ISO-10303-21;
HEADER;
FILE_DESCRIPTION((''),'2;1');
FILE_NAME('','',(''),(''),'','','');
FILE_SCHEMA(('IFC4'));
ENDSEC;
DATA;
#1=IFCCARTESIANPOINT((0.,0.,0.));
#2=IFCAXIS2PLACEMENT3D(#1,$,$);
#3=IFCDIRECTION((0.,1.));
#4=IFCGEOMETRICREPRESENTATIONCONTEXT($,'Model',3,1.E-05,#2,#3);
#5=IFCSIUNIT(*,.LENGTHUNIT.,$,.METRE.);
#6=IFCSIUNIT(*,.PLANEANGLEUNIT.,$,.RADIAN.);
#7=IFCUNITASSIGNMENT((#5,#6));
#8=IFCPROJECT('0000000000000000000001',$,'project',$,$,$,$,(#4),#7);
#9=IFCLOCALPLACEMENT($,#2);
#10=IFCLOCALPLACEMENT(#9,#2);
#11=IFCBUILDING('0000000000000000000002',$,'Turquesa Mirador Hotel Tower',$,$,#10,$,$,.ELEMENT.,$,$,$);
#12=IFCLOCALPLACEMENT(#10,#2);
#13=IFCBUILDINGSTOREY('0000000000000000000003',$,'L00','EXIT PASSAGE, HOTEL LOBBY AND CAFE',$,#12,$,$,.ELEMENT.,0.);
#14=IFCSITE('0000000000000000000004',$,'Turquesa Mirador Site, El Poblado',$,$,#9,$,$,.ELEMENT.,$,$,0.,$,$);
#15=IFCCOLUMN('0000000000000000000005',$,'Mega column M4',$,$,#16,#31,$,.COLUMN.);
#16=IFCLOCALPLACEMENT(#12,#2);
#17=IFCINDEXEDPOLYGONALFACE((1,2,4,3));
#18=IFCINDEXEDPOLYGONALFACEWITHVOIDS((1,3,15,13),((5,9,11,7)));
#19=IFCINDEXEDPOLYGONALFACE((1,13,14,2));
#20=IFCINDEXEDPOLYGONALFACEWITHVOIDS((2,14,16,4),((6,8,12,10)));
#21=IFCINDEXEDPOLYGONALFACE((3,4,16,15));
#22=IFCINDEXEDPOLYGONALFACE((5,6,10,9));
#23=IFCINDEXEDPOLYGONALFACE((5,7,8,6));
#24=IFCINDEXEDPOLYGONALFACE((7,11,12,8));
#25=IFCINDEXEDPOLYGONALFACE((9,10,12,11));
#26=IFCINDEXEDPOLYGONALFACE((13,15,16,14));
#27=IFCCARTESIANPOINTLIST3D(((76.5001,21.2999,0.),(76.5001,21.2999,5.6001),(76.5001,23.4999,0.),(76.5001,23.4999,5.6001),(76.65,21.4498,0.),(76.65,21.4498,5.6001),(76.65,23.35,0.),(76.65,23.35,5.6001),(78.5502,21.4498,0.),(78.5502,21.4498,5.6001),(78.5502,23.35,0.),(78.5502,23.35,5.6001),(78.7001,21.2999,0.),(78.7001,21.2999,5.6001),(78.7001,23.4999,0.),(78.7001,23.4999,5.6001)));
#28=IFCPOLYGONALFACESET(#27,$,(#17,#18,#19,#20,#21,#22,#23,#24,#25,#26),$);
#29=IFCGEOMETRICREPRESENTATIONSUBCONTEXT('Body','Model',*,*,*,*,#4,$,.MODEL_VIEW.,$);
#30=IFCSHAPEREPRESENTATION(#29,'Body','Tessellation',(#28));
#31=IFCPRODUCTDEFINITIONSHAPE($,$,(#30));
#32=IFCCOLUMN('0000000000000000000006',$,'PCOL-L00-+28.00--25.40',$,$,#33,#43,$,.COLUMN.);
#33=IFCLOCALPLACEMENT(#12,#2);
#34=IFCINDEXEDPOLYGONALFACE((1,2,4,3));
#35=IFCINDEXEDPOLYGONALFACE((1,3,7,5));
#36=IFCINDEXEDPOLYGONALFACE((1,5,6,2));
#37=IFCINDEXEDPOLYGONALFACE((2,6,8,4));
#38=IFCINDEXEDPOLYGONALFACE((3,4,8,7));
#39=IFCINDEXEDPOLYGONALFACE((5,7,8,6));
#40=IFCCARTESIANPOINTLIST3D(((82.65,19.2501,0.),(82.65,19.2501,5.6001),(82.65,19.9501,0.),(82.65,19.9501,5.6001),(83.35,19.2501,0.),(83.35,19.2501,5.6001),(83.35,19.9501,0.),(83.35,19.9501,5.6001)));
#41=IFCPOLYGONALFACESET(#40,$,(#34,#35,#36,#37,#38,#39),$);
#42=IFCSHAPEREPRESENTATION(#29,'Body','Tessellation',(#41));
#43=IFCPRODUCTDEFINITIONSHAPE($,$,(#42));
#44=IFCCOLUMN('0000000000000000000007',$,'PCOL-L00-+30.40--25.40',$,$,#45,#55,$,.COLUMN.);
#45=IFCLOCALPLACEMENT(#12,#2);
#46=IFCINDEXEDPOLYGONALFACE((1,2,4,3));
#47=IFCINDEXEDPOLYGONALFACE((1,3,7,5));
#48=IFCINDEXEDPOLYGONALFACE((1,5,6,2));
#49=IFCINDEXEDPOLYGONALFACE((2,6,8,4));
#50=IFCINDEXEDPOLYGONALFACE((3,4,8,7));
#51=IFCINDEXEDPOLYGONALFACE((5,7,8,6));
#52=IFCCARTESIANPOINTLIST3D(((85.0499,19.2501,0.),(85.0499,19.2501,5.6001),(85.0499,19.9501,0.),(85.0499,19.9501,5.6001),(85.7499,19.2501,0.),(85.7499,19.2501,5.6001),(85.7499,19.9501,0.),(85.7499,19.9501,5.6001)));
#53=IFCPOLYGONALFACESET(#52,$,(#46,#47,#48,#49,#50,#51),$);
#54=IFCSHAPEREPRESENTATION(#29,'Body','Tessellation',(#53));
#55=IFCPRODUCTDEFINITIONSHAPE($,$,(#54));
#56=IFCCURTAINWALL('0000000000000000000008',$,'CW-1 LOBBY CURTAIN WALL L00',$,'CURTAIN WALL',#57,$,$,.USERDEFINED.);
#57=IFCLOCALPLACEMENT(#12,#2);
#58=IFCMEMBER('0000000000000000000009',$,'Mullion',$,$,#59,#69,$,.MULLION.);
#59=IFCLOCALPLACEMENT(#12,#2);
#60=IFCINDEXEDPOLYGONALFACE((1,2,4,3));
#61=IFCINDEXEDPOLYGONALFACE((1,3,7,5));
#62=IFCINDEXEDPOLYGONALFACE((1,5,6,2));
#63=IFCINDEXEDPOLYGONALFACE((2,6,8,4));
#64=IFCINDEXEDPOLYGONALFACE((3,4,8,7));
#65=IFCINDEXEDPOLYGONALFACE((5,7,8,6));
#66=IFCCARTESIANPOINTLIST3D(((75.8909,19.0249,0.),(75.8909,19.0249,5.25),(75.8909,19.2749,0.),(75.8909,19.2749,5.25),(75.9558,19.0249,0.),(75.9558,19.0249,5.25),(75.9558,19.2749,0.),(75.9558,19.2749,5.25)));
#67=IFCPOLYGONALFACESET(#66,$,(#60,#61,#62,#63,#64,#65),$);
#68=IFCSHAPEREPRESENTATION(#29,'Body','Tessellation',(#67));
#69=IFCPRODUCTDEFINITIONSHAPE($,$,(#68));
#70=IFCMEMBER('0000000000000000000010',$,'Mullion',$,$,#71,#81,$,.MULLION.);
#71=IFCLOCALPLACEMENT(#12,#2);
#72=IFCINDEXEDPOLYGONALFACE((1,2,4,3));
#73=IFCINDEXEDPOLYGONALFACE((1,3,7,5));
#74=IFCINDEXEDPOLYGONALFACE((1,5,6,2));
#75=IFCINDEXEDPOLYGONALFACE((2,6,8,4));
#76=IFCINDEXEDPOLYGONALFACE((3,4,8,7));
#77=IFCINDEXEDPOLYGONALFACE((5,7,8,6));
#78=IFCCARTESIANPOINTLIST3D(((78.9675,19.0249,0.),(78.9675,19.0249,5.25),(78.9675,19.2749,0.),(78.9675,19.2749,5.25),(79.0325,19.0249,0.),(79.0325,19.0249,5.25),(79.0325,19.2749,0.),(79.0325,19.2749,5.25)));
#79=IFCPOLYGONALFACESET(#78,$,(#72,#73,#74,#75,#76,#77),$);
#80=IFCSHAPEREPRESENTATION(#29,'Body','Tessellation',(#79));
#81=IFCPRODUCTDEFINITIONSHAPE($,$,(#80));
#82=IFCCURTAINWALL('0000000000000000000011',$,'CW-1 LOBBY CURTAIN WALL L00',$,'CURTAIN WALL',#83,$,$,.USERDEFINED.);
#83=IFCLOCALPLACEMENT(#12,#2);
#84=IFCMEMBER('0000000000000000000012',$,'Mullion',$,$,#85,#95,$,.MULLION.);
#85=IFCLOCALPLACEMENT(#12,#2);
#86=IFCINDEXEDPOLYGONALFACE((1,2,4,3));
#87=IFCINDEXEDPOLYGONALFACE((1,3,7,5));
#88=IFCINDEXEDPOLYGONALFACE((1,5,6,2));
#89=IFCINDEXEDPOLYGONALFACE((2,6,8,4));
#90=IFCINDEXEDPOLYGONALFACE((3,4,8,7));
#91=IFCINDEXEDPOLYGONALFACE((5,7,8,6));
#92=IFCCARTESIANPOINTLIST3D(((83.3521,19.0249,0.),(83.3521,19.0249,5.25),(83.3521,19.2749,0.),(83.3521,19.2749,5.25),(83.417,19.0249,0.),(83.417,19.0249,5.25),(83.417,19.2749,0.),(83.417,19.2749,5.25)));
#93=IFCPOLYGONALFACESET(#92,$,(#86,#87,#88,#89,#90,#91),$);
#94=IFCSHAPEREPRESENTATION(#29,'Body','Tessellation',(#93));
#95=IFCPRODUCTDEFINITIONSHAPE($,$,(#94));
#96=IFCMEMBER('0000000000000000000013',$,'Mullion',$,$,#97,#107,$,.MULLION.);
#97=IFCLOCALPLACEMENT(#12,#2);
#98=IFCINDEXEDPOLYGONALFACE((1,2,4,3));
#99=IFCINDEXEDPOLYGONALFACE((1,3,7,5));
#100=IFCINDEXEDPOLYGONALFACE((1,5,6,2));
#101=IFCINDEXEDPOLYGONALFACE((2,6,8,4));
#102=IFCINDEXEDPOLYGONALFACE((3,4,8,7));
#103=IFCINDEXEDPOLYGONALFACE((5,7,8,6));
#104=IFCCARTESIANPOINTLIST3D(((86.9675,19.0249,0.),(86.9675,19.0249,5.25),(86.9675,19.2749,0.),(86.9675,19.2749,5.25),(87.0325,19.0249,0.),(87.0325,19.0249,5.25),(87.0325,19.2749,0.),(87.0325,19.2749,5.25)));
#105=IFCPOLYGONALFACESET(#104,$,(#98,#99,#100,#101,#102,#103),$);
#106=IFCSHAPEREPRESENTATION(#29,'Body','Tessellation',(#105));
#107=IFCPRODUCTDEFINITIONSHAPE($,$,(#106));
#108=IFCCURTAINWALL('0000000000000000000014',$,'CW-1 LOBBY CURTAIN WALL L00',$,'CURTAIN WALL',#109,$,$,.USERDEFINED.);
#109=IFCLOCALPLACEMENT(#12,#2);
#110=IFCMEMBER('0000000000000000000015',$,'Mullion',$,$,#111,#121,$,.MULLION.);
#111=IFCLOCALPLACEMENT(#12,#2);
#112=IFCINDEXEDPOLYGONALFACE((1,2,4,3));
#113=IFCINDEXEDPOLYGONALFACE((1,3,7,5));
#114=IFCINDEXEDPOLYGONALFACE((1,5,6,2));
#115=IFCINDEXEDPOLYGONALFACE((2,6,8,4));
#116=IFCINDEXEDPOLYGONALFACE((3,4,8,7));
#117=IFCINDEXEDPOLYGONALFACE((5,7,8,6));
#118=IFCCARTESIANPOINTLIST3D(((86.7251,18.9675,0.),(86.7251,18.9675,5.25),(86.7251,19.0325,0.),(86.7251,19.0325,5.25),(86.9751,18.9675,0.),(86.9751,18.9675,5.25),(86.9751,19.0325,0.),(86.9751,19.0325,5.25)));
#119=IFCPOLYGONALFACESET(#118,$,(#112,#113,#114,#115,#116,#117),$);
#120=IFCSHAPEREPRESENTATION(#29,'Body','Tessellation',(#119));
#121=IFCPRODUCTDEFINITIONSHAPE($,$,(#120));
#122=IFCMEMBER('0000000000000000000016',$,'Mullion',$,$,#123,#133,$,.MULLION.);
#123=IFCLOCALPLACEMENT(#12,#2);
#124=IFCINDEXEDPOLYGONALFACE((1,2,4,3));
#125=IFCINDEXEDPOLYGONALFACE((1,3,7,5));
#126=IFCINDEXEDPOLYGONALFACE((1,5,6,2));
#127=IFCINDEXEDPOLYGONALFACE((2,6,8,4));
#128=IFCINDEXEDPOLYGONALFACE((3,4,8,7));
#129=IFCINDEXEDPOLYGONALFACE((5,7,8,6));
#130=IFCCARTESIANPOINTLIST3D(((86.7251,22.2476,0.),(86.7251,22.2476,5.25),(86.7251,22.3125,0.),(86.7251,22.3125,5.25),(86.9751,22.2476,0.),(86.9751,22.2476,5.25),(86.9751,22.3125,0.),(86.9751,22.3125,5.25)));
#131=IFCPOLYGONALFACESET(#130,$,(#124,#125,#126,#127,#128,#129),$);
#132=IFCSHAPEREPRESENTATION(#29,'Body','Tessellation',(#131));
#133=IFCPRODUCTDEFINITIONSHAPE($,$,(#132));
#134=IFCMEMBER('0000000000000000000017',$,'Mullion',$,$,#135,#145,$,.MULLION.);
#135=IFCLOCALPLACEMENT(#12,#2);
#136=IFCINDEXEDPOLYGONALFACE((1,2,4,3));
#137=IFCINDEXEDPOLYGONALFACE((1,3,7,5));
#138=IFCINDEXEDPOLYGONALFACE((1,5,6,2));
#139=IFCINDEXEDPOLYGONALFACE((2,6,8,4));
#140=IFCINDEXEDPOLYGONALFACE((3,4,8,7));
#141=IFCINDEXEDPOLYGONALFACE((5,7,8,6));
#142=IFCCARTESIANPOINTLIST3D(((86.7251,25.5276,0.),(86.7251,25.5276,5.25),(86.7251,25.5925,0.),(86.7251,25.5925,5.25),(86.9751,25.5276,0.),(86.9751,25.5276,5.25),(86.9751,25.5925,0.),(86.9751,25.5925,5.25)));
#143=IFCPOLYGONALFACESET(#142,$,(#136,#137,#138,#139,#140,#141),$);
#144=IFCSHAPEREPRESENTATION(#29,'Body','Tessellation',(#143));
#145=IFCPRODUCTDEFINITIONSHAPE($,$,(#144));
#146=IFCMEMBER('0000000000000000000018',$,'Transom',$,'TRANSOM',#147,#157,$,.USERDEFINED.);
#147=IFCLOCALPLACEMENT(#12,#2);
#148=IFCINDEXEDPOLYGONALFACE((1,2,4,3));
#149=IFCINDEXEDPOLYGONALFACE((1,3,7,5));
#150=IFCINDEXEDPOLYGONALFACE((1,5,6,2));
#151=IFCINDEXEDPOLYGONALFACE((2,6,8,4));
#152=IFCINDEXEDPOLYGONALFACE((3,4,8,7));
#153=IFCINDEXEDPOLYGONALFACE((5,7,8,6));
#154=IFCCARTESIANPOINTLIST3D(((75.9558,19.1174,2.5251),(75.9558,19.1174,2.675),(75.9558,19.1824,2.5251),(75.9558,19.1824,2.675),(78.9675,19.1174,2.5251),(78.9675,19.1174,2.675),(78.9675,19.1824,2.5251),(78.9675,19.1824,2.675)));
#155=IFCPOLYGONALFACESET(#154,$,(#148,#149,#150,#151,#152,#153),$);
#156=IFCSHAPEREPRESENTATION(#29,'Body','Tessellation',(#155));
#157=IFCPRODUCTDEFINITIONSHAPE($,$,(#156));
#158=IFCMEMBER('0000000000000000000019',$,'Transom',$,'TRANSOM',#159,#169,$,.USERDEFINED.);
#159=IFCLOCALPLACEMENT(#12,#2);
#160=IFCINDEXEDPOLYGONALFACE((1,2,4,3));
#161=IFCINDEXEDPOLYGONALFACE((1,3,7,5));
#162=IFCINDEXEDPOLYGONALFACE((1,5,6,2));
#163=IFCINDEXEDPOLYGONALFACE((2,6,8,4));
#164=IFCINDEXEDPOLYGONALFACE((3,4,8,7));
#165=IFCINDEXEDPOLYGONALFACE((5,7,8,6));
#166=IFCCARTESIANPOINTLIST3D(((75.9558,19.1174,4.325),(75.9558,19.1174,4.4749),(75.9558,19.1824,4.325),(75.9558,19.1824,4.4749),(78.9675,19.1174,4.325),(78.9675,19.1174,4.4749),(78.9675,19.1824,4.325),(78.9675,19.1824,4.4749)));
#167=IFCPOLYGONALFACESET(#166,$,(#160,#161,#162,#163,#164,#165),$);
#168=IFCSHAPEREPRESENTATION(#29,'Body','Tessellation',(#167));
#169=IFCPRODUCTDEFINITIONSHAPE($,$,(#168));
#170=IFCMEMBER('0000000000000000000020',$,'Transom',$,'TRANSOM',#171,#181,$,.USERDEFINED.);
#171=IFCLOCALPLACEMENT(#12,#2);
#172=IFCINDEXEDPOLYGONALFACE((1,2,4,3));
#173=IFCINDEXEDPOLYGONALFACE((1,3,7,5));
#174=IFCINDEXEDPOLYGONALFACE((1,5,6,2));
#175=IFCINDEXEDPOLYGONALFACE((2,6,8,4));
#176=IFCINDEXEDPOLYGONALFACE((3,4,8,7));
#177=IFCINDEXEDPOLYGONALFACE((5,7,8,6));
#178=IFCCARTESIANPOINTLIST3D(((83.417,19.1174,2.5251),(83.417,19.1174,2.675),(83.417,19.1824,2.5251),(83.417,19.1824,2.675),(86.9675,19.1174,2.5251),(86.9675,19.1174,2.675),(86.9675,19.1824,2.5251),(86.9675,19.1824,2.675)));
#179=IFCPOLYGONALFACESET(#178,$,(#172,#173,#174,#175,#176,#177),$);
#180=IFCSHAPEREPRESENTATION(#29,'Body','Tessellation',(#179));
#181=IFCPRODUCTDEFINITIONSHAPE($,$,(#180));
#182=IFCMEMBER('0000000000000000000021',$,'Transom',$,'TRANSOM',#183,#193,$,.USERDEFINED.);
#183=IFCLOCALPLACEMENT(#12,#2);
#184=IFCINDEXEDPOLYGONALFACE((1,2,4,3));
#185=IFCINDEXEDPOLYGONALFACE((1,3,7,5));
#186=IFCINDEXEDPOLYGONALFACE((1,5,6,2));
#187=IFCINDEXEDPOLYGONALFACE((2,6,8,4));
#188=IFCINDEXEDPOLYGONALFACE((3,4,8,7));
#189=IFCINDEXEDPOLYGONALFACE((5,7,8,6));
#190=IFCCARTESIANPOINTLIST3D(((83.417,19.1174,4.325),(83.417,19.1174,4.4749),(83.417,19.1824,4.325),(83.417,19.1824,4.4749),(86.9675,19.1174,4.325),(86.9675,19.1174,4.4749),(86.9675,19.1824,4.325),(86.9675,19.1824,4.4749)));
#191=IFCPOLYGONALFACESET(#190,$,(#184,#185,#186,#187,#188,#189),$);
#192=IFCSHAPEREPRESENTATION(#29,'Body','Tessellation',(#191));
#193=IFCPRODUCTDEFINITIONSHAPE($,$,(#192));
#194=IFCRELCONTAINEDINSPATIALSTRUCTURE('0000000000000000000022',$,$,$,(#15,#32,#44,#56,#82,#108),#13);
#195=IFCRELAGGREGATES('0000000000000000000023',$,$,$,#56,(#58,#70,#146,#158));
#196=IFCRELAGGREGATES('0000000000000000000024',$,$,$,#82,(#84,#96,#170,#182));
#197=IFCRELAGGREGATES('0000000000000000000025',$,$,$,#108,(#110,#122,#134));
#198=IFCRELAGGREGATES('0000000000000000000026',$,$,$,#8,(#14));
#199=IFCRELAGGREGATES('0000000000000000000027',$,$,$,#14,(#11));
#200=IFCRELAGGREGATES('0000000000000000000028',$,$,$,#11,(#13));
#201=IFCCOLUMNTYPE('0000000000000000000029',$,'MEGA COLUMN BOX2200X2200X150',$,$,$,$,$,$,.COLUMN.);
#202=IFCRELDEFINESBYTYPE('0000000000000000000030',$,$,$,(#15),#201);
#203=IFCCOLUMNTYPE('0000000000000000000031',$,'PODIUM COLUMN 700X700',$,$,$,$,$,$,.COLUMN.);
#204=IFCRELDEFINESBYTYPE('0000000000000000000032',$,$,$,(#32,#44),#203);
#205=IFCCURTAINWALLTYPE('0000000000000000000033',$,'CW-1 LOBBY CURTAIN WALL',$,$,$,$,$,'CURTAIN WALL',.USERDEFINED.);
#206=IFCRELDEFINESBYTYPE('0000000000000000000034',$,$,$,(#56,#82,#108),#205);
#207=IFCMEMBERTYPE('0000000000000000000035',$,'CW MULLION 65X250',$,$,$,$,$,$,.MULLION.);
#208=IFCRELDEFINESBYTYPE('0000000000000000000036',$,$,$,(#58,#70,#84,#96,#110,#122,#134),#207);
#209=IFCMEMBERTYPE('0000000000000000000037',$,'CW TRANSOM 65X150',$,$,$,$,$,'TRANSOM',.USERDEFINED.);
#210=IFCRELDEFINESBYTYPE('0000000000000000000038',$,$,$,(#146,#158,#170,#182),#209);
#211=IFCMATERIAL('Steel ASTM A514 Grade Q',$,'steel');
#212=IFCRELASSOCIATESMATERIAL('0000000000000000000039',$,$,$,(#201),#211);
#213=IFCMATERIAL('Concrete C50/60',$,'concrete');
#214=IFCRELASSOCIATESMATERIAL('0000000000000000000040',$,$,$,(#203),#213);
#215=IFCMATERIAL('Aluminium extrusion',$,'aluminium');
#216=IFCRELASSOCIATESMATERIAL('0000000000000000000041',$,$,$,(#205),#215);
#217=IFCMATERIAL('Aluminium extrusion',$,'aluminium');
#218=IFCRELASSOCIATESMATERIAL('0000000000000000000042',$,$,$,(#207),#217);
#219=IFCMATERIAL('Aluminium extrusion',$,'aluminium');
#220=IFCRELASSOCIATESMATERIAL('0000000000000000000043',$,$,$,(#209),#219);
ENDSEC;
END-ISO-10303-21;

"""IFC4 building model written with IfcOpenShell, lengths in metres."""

from ifc_helpers import new_model, si_unit, direction, frame, origin, origin_2d, place, context, subcontext, project, spatial, rectangle, hollow_rectangle, extrude, material, material_profile, profile_set, type_object, element, aggregate, save


model = new_model("IFC4")

# Units and contexts
model_context = context("Model", 3, precision=1e-05, world=origin(), true_north=direction((0.0, 1.0)))
body_context = subcontext(model_context, "Body", "Model", "MODEL_VIEW")
ifc_project = project(units=[si_unit("LENGTHUNIT", "METRE"), si_unit("PLANEANGLEUNIT", "RADIAN")], contexts=[model_context])

# Site, building, storey
site_placement = place(None, origin())
site = spatial("IfcSite", under=ifc_project, at=site_placement, Name="Turquesa Mirador Site, El Poblado", CompositionType="ELEMENT", RefElevation=0.0)
building_placement = place(site_placement, origin())
building = spatial("IfcBuilding", under=site, at=building_placement, Name="Turquesa Mirador Hotel Tower", CompositionType="ELEMENT")
storey_placement = place(building_placement, origin())
storey = spatial("IfcBuildingStorey", under=building, at=storey_placement, Name="L00", Description="EXIT PASSAGE, HOTEL LOBBY AND CAFE", CompositionType="ELEMENT", Elevation=0.0)

# Columns
ifc_material_1 = material(Name="Steel ASTM A514 Grade Q", Category="steel")
ifc_material_profile_1 = material_profile(ifc_material_1, hollow_rectangle(XDim=2.2, YDim=2.2, WallThickness=0.1499, at=origin_2d()), Name="BOX2200X2200X150")
ifc_profile_set_1 = profile_set([ifc_material_profile_1], Name="Steel ASTM A514 Grade Q")
column_type_1 = type_object("IfcColumnType", Name="MEGA COLUMN BOX2200X2200X150", PredefinedType="COLUMN", material=ifc_profile_set_1)
column_placement = place(storey_placement, frame((77.6001, 22.3999, 0.0), z_axis=(0.0, 0.0, 1.0), x_axis=(1.0, 0.0, 0.0)))
element("IfcColumn", 1, at=column_placement, inside=storey, type_object=column_type_1, Name="Mega column M4", PredefinedType="COLUMN", context=body_context, shape_type="SweptSolid", body=[
    extrude(hollow_rectangle(XDim=2.2, YDim=2.2, WallThickness=0.1499, at=origin_2d()), origin(), (0.0, 0.0, 1.0), 5.6001),
])
ifc_material_2 = material(Name="Concrete C50/60", Category="concrete")
ifc_material_profile_2 = material_profile(ifc_material_2, rectangle(XDim=0.7, YDim=0.7, at=origin_2d()), Name="RC 700X700")
ifc_profile_set_2 = profile_set([ifc_material_profile_2], Name="Concrete C50/60")
column_type_2 = type_object("IfcColumnType", Name="PODIUM COLUMN 700X700", PredefinedType="COLUMN", material=ifc_profile_set_2)
for number, where, z_axis, x_axis, name in (
    (2, (83.0, 19.6001, 0.0), (0.0, 0.0, 1.0), (1.0, 0.0, 0.0), "PCOL-L00-+28.00--25.40"),
    (3, (85.3999, 19.6001, 0.0), (0.0, 0.0, 1.0), (1.0, 0.0, 0.0), "PCOL-L00-+30.40--25.40"),
):
    element("IfcColumn", number, at=place(storey_placement, frame(where, z_axis=z_axis, x_axis=x_axis)), inside=storey, type_object=column_type_2, Name=name, PredefinedType="COLUMN", context=body_context, shape_type="SweptSolid", body=[
        extrude(rectangle(XDim=0.7, YDim=0.7, at=origin_2d()), origin(), (0.0, 0.0, 1.0), 5.6001),
    ])

# Curtain walls, members
ifc_material_3 = material(Name="Aluminium extrusion", Category="aluminium")
curtain_wall_type = type_object("IfcCurtainWallType", Name="CW-1 LOBBY CURTAIN WALL", ElementType="CURTAIN WALL", PredefinedType="USERDEFINED", material=ifc_material_3)
curtain_wall_1_placement = place(storey_placement, origin())
curtain_wall_1 = element("IfcCurtainWall", 4, at=curtain_wall_1_placement, inside=storey, type_object=curtain_wall_type, Name="CW-1 LOBBY CURTAIN WALL L00", ObjectType="CURTAIN WALL", PredefinedType="USERDEFINED")
ifc_material_4 = material(Name="Aluminium extrusion", Category="aluminium")
ifc_material_profile_3 = material_profile(ifc_material_4, rectangle(XDim=0.0649, YDim=0.25, at=origin_2d()), Name="MULLION 65X250")
ifc_profile_set_3 = profile_set([ifc_material_profile_3], Name="Aluminium extrusion")
member_type_1 = type_object("IfcMemberType", Name="CW MULLION 65X250", PredefinedType="MULLION", material=ifc_profile_set_3)
member_1_placement = place(storey_placement, frame((75.9233, 19.1499, 0.0), z_axis=(0.0, 0.0, 1.0), x_axis=(1.0, 0.0, 0.0)))
member_1 = element("IfcMember", 5, at=member_1_placement, type_object=member_type_1, Name="Mullion", PredefinedType="MULLION", context=body_context, shape_type="SweptSolid", body=[
    extrude(rectangle(XDim=0.0649, YDim=0.25, at=origin_2d()), origin(), (0.0, 0.0, 1.0), 5.25),
])
member_2_placement = place(storey_placement, frame((79.0, 19.1499, 0.0), z_axis=(0.0, 0.0, 1.0), x_axis=(1.0, 0.0, 0.0)))
member_2 = element("IfcMember", 6, at=member_2_placement, type_object=member_type_1, Name="Mullion", PredefinedType="MULLION", context=body_context, shape_type="SweptSolid", body=[
    extrude(rectangle(XDim=0.0649, YDim=0.25, at=origin_2d()), origin(), (0.0, 0.0, 1.0), 5.25),
])
curtain_wall_2_placement = place(storey_placement, origin())
curtain_wall_2 = element("IfcCurtainWall", 7, at=curtain_wall_2_placement, inside=storey, type_object=curtain_wall_type, Name="CW-1 LOBBY CURTAIN WALL L00", ObjectType="CURTAIN WALL", PredefinedType="USERDEFINED")
member_3_placement = place(storey_placement, frame((83.3845, 19.1499, 0.0), z_axis=(0.0, 0.0, 1.0), x_axis=(1.0, 0.0, 0.0)))
member_3 = element("IfcMember", 8, at=member_3_placement, type_object=member_type_1, Name="Mullion", PredefinedType="MULLION", context=body_context, shape_type="SweptSolid", body=[
    extrude(rectangle(XDim=0.0649, YDim=0.25, at=origin_2d()), origin(), (0.0, 0.0, 1.0), 5.25),
])
member_4_placement = place(storey_placement, frame((87.0, 19.1499, 0.0), z_axis=(0.0, 0.0, 1.0), x_axis=(1.0, 0.0, 0.0)))
member_4 = element("IfcMember", 9, at=member_4_placement, type_object=member_type_1, Name="Mullion", PredefinedType="MULLION", context=body_context, shape_type="SweptSolid", body=[
    extrude(rectangle(XDim=0.0649, YDim=0.25, at=origin_2d()), origin(), (0.0, 0.0, 1.0), 5.25),
])
curtain_wall_3_placement = place(storey_placement, origin())
curtain_wall_3 = element("IfcCurtainWall", 10, at=curtain_wall_3_placement, inside=storey, type_object=curtain_wall_type, Name="CW-1 LOBBY CURTAIN WALL L00", ObjectType="CURTAIN WALL", PredefinedType="USERDEFINED")
member_5_placement = place(storey_placement, frame((86.8501, 19.0, 0.0), z_axis=(0.0, 0.0, 1.0), x_axis=(0.0, 1.0, 0.0)))
member_5 = element("IfcMember", 11, at=member_5_placement, type_object=member_type_1, Name="Mullion", PredefinedType="MULLION", context=body_context, shape_type="SweptSolid", body=[
    extrude(rectangle(XDim=0.0649, YDim=0.25, at=origin_2d()), origin(), (0.0, 0.0, 1.0), 5.25),
])
member_6_placement = place(storey_placement, frame((86.8501, 22.28, 0.0), z_axis=(0.0, 0.0, 1.0), x_axis=(0.0, 1.0, 0.0)))
member_6 = element("IfcMember", 12, at=member_6_placement, type_object=member_type_1, Name="Mullion", PredefinedType="MULLION", context=body_context, shape_type="SweptSolid", body=[
    extrude(rectangle(XDim=0.0649, YDim=0.25, at=origin_2d()), origin(), (0.0, 0.0, 1.0), 5.25),
])
member_7_placement = place(storey_placement, frame((86.8501, 25.5601, 0.0), z_axis=(0.0, 0.0, 1.0), x_axis=(0.0, 1.0, 0.0)))
member_7 = element("IfcMember", 13, at=member_7_placement, type_object=member_type_1, Name="Mullion", PredefinedType="MULLION", context=body_context, shape_type="SweptSolid", body=[
    extrude(rectangle(XDim=0.0649, YDim=0.25, at=origin_2d()), origin(), (0.0, 0.0, 1.0), 5.25),
])

# Members
ifc_material_5 = material(Name="Aluminium extrusion", Category="aluminium")
ifc_material_profile_4 = material_profile(ifc_material_5, rectangle(XDim=0.0649, YDim=0.1499, at=origin_2d()), Name="TRANSOM 65X150")
ifc_profile_set_4 = profile_set([ifc_material_profile_4], Name="Aluminium extrusion")
member_type_2 = type_object("IfcMemberType", Name="CW TRANSOM 65X150", ElementType="TRANSOM", PredefinedType="USERDEFINED", material=ifc_profile_set_4)
member_8_placement = place(storey_placement, frame((75.9558, 19.1499, 2.6001), z_axis=(1.0, 0.0, 0.0), x_axis=(0.0, 1.0, 0.0)))
member_8 = element("IfcMember", 14, at=member_8_placement, type_object=member_type_2, Name="Transom", ObjectType="TRANSOM", PredefinedType="USERDEFINED", context=body_context, shape_type="SweptSolid", body=[
    extrude(rectangle(XDim=0.0649, YDim=0.1499, at=origin_2d()), origin(), (0.0, 0.0, 1.0), 3.0117),
])
member_9_placement = place(storey_placement, frame((75.9558, 19.1499, 4.3999), z_axis=(1.0, 0.0, 0.0), x_axis=(0.0, 1.0, 0.0)))
member_9 = element("IfcMember", 15, at=member_9_placement, type_object=member_type_2, Name="Transom", ObjectType="TRANSOM", PredefinedType="USERDEFINED", context=body_context, shape_type="SweptSolid", body=[
    extrude(rectangle(XDim=0.0649, YDim=0.1499, at=origin_2d()), origin(), (0.0, 0.0, 1.0), 3.0117),
])
member_10_placement = place(storey_placement, frame((83.417, 19.1499, 2.6001), z_axis=(1.0, 0.0, 0.0), x_axis=(0.0, 1.0, 0.0)))
member_10 = element("IfcMember", 16, at=member_10_placement, type_object=member_type_2, Name="Transom", ObjectType="TRANSOM", PredefinedType="USERDEFINED", context=body_context, shape_type="SweptSolid", body=[
    extrude(rectangle(XDim=0.0649, YDim=0.1499, at=origin_2d()), origin(), (0.0, 0.0, 1.0), 3.5505),
])
member_11_placement = place(storey_placement, frame((83.417, 19.1499, 4.3999), z_axis=(1.0, 0.0, 0.0), x_axis=(0.0, 1.0, 0.0)))
member_11 = element("IfcMember", 17, at=member_11_placement, type_object=member_type_2, Name="Transom", ObjectType="TRANSOM", PredefinedType="USERDEFINED", context=body_context, shape_type="SweptSolid", body=[
    extrude(rectangle(XDim=0.0649, YDim=0.1499, at=origin_2d()), origin(), (0.0, 0.0, 1.0), 3.5505),
])

aggregate(curtain_wall_1, [member_1, member_2, member_8, member_9])
aggregate(curtain_wall_2, [member_3, member_4, member_10, member_11])
aggregate(curtain_wall_3, [member_5, member_6, member_7])

save(model, "model.ifc")
